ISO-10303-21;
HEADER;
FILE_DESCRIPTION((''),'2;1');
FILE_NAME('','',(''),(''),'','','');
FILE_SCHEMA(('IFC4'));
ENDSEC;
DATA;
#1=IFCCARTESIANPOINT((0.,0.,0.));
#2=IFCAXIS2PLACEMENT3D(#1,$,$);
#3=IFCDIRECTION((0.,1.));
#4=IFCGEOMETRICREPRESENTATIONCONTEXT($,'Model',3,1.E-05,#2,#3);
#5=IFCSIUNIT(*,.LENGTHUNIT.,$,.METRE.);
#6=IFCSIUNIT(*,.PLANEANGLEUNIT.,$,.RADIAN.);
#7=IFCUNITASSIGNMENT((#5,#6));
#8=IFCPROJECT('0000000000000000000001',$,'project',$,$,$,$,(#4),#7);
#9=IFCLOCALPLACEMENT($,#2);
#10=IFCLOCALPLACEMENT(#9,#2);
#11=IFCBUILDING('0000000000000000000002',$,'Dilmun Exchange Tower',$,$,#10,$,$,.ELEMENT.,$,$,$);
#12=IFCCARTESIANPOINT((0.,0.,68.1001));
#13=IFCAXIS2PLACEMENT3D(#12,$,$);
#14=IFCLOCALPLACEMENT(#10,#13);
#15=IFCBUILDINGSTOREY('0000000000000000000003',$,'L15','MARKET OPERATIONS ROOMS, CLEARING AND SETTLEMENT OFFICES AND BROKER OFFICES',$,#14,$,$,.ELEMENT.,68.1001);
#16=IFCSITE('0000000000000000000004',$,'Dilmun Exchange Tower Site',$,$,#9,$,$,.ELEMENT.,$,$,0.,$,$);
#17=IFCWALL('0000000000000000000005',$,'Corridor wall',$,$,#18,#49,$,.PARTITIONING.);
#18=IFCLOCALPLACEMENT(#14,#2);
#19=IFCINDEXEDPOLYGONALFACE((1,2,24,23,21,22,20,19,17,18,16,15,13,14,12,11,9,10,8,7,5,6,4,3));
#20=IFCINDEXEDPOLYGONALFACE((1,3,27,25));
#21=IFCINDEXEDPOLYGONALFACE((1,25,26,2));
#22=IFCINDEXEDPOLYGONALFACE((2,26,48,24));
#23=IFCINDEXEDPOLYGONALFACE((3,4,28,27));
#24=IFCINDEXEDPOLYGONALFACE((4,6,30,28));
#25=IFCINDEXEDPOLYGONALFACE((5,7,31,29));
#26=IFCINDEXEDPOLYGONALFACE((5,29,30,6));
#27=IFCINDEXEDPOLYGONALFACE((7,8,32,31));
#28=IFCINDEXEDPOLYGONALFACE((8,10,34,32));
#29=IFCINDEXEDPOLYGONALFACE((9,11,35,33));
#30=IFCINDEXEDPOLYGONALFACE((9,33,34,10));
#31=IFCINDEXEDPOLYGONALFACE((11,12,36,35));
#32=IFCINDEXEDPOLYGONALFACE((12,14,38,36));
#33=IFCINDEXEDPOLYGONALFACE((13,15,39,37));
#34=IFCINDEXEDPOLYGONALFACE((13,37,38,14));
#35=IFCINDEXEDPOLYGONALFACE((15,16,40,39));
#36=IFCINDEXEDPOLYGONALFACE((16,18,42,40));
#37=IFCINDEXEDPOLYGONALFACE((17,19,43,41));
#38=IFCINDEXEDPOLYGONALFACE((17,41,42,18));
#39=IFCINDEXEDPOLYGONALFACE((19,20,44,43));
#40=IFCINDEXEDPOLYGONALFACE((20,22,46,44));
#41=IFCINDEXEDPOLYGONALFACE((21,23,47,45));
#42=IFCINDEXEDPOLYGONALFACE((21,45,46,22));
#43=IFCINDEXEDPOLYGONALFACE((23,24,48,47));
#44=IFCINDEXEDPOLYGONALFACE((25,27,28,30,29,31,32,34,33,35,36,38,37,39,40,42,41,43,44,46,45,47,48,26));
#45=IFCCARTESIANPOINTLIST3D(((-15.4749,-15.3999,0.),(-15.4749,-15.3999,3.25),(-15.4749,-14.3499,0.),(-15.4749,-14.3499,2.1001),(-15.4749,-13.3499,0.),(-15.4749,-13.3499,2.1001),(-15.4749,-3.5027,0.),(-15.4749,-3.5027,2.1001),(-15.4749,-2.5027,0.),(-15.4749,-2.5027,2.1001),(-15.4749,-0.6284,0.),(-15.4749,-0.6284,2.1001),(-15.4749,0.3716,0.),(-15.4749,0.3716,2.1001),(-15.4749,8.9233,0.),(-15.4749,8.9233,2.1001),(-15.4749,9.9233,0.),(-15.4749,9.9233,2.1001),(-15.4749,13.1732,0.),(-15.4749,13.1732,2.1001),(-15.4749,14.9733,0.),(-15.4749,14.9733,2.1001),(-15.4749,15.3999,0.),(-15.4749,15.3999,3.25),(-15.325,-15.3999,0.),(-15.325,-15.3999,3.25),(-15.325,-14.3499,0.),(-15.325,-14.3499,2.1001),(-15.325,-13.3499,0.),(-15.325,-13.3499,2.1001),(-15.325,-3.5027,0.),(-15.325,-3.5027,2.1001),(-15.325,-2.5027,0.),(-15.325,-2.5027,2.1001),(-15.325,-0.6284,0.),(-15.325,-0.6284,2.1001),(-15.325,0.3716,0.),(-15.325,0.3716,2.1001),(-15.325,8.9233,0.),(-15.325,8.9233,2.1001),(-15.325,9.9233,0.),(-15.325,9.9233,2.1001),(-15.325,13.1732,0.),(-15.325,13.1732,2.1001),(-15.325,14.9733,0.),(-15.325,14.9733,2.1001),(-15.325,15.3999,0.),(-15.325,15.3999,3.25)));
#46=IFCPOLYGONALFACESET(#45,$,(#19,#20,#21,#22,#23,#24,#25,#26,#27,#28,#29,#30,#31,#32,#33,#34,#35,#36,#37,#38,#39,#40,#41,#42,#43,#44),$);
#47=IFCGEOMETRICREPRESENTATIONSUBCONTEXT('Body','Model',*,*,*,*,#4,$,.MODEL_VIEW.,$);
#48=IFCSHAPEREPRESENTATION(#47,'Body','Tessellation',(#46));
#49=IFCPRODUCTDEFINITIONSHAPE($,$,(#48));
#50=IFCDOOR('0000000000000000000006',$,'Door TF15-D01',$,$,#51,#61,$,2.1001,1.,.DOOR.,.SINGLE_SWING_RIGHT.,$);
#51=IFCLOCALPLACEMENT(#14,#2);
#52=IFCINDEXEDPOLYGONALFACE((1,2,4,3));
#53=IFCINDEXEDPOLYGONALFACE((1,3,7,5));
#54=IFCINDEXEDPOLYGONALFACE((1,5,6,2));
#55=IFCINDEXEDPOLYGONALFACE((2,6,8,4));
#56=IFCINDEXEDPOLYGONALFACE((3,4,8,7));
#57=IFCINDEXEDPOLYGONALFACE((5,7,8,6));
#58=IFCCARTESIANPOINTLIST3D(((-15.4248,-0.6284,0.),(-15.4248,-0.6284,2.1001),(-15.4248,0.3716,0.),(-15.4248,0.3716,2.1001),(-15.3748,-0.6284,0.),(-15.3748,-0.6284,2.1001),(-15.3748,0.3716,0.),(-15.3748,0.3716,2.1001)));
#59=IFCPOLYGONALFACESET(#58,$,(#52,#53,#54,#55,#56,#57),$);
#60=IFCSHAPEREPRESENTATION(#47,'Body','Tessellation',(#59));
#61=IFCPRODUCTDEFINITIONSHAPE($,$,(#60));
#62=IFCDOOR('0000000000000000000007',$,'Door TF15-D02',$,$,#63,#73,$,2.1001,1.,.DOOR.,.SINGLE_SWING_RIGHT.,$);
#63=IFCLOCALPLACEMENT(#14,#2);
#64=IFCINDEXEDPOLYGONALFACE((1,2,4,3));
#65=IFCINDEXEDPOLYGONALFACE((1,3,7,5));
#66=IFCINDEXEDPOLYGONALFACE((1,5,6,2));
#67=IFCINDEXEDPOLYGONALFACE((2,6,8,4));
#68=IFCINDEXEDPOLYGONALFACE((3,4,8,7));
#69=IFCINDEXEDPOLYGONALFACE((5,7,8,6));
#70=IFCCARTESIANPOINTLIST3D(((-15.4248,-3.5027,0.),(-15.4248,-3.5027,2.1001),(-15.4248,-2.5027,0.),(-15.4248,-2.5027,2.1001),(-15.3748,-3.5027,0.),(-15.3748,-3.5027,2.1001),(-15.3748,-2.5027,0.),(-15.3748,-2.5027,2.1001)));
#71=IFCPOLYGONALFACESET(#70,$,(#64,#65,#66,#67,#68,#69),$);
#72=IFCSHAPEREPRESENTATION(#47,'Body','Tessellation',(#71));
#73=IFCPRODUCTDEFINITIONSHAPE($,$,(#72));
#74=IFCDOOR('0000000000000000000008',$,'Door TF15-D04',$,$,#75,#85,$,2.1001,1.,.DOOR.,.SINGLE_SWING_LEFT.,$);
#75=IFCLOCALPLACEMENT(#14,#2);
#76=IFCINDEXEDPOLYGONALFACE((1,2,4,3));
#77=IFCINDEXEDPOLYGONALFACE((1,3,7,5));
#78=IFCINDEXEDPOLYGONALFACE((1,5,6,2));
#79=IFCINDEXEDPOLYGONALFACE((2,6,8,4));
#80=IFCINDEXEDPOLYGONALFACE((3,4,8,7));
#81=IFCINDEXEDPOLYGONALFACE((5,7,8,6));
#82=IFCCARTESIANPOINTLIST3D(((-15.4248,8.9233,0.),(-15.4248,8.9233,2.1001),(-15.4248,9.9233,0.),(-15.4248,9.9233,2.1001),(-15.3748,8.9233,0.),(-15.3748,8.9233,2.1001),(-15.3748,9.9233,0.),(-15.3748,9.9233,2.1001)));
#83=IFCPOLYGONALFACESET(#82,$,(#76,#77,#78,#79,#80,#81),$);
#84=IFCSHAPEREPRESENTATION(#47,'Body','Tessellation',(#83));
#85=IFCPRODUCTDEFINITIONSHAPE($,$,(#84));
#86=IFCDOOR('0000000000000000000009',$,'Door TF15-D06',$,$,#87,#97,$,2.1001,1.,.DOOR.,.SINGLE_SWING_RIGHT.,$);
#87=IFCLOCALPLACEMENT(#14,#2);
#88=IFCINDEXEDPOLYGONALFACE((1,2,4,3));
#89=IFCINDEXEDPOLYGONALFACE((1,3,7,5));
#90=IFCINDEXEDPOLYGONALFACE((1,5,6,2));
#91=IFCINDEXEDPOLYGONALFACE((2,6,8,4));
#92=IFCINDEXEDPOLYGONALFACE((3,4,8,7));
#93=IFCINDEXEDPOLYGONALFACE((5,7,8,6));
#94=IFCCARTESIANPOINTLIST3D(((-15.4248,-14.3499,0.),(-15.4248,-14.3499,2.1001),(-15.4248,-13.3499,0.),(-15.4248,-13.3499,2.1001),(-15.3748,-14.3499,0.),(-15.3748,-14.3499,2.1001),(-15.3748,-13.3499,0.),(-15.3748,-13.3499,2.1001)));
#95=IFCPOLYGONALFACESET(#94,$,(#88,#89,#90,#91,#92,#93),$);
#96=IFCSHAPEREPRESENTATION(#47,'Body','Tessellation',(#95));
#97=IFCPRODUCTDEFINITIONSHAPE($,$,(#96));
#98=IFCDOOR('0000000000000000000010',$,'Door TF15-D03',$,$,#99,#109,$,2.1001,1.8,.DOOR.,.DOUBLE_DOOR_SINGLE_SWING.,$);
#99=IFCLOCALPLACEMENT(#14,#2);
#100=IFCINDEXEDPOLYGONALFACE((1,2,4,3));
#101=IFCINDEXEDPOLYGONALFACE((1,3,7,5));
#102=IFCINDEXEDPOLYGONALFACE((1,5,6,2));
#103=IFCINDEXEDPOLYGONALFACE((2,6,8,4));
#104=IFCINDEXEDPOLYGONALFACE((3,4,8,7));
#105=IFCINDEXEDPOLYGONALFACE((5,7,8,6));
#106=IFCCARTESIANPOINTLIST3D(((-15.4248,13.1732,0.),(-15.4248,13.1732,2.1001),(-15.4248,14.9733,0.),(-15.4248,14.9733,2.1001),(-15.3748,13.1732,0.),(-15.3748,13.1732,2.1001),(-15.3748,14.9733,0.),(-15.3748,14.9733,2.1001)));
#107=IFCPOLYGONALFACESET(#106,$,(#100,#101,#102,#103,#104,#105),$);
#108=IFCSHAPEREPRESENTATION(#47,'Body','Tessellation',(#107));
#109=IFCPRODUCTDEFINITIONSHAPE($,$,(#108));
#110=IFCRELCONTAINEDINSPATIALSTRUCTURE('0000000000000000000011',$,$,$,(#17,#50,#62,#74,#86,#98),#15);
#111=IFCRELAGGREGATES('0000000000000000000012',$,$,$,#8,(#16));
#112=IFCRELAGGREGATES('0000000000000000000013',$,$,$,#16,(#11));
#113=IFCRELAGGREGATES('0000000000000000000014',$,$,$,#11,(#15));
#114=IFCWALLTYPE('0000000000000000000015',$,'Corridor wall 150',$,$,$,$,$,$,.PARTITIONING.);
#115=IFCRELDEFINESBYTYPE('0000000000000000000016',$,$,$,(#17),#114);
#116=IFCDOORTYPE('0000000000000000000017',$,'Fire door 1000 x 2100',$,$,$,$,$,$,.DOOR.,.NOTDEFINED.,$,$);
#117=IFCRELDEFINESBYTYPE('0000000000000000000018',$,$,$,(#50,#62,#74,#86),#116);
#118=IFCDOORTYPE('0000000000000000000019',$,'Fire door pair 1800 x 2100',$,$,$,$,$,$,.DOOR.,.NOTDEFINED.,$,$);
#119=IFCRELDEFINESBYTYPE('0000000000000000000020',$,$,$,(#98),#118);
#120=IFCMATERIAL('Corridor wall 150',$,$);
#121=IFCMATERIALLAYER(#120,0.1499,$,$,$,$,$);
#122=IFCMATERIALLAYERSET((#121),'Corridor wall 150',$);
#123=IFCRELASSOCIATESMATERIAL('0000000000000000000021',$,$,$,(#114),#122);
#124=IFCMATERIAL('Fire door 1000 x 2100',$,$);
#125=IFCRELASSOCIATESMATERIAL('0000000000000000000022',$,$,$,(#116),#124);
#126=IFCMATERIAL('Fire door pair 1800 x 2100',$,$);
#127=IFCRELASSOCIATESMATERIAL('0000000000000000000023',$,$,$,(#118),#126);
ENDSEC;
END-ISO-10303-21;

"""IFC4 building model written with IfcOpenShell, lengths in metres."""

from ifc_helpers import new_model, si_unit, direction, frame, frame_2d, origin, place, context, subcontext, project, spatial, rectangle, extrude, material, layer, layer_set, type_object, element, fill, save


model = new_model("IFC4")

# Units and contexts
model_context = context("Model", 3, precision=1e-05, world=origin(), true_north=direction((0.0, 1.0)))
body_context = subcontext(model_context, "Body", "Model", "MODEL_VIEW")
ifc_project = project(units=[si_unit("LENGTHUNIT", "METRE"), si_unit("PLANEANGLEUNIT", "RADIAN")], contexts=[model_context])

# Site, building, storey
site_placement = place(None, origin())
site = spatial("IfcSite", under=ifc_project, at=site_placement, Name="Dilmun Exchange Tower Site", CompositionType="ELEMENT", RefElevation=0.0)
building_placement = place(site_placement, origin())
building = spatial("IfcBuilding", under=site, at=building_placement, Name="Dilmun Exchange Tower", CompositionType="ELEMENT")
storey_placement = place(building_placement, frame((0.0, 0.0, 68.1001)))
storey = spatial("IfcBuildingStorey", under=building, at=storey_placement, Name="L15", Description="MARKET OPERATIONS ROOMS, CLEARING AND SETTLEMENT OFFICES AND BROKER OFFICES", CompositionType="ELEMENT", Elevation=68.1001)

# Wall, openings, doors
ifc_material_1 = material(Name="Corridor wall 150")
ifc_layer_1 = layer(ifc_material_1, 0.1499)
ifc_layer_set_1 = layer_set([ifc_layer_1], Name="Corridor wall 150")
wall_type_1 = type_object("IfcWallType", Name="Corridor wall 150", PredefinedType="PARTITIONING", material=ifc_layer_set_1)
wall_1_placement = place(storey_placement, frame((-15.3999, -15.3999, 0.0), z_axis=(0.0, 0.0, 1.0), x_axis=(0.0, 1.0, 0.0)))
wall_1 = element("IfcWall", 1, at=wall_1_placement, inside=storey, type_object=wall_type_1, Name="Corridor wall", PredefinedType="PARTITIONING", context=body_context, shape_type="SweptSolid", body=[
    extrude(rectangle(XDim=30.7998, YDim=0.1499, at=frame_2d((15.3999, 0.0))), origin(), (0.0, 0.0, 1.0), 3.25),
])
opening_1_placement = place(wall_1_placement, frame((14.7715, 0.0, 0.0)))
opening_1 = element("IfcOpeningElement", 2, at=opening_1_placement, cuts=wall_1, PredefinedType="OPENING", context=body_context, shape_type="SweptSolid", body=[
    extrude(rectangle(XDim=1.0, YDim=2.1001, at=frame_2d((0.5, 1.05))), frame((0.0, 0.085, 0.0), z_axis=(0.0, -1.0, 0.0), x_axis=(1.0, 0.0, 0.0)), (0.0, 0.0, 1.0), 0.1699),
])
opening_2_placement = place(wall_1_placement, frame((11.8972, 0.0, 0.0)))
opening_2 = element("IfcOpeningElement", 3, at=opening_2_placement, cuts=wall_1, PredefinedType="OPENING", context=body_context, shape_type="SweptSolid", body=[
    extrude(rectangle(XDim=1.0, YDim=2.1001, at=frame_2d((0.5, 1.05))), frame((0.0, 0.085, 0.0), z_axis=(0.0, -1.0, 0.0), x_axis=(1.0, 0.0, 0.0)), (0.0, 0.0, 1.0), 0.1699),
])
opening_3_placement = place(wall_1_placement, frame((28.5732, 0.0, 0.0)))
opening_3 = element("IfcOpeningElement", 4, at=opening_3_placement, cuts=wall_1, PredefinedType="OPENING", context=body_context, shape_type="SweptSolid", body=[
    extrude(rectangle(XDim=1.8, YDim=2.1001, at=frame_2d((0.8999, 1.05))), frame((0.0, 0.085, 0.0), z_axis=(0.0, -1.0, 0.0), x_axis=(1.0, 0.0, 0.0)), (0.0, 0.0, 1.0), 0.1699),
])
opening_4_placement = place(wall_1_placement, frame((24.3232, 0.0, 0.0)))
opening_4 = element("IfcOpeningElement", 5, at=opening_4_placement, cuts=wall_1, PredefinedType="OPENING", context=body_context, shape_type="SweptSolid", body=[
    extrude(rectangle(XDim=1.0, YDim=2.1001, at=frame_2d((0.5, 1.05))), frame((0.0, 0.085, 0.0), z_axis=(0.0, -1.0, 0.0), x_axis=(1.0, 0.0, 0.0)), (0.0, 0.0, 1.0), 0.1699),
])
opening_5_placement = place(wall_1_placement, frame((1.05, 0.0, 0.0)))
opening_5 = element("IfcOpeningElement", 6, at=opening_5_placement, cuts=wall_1, PredefinedType="OPENING", context=body_context, shape_type="SweptSolid", body=[
    extrude(rectangle(XDim=1.0, YDim=2.1001, at=frame_2d((0.5, 1.05))), frame((0.0, 0.085, 0.0), z_axis=(0.0, -1.0, 0.0), x_axis=(1.0, 0.0, 0.0)), (0.0, 0.0, 1.0), 0.1699),
])
ifc_material_2 = material(Name="Fire door 1000 x 2100")
door_type_1 = type_object("IfcDoorType", Name="Fire door 1000 x 2100", OperationType="NOTDEFINED", PredefinedType="DOOR", material=ifc_material_2)
door_1_placement = place(opening_1_placement, origin())
door_1 = element("IfcDoor", 7, at=door_1_placement, inside=storey, type_object=door_type_1, Name="Door TF15-D01", OperationType="SINGLE_SWING_RIGHT", OverallHeight=2.1001, OverallWidth=1.0, PredefinedType="DOOR", context=body_context, shape_type="SweptSolid", body=[
    extrude(rectangle(XDim=1.0, YDim=2.1001, at=frame_2d((0.5, 1.05))), frame((0.0, 0.0249, 0.0), z_axis=(0.0, -1.0, 0.0), x_axis=(1.0, 0.0, 0.0)), (0.0, 0.0, 1.0), 0.05),
])
fill(opening_1, door_1)
door_2_placement = place(opening_2_placement, origin())
door_2 = element("IfcDoor", 8, at=door_2_placement, inside=storey, type_object=door_type_1, Name="Door TF15-D02", OperationType="SINGLE_SWING_RIGHT", OverallHeight=2.1001, OverallWidth=1.0, PredefinedType="DOOR", context=body_context, shape_type="SweptSolid", body=[
    extrude(rectangle(XDim=1.0, YDim=2.1001, at=frame_2d((0.5, 1.05))), frame((0.0, 0.0249, 0.0), z_axis=(0.0, -1.0, 0.0), x_axis=(1.0, 0.0, 0.0)), (0.0, 0.0, 1.0), 0.05),
])
fill(opening_2, door_2)
door_3_placement = place(opening_4_placement, origin())
door_3 = element("IfcDoor", 9, at=door_3_placement, inside=storey, type_object=door_type_1, Name="Door TF15-D04", OperationType="SINGLE_SWING_LEFT", OverallHeight=2.1001, OverallWidth=1.0, PredefinedType="DOOR", context=body_context, shape_type="SweptSolid", body=[
    extrude(rectangle(XDim=1.0, YDim=2.1001, at=frame_2d((0.5, 1.05))), frame((0.0, 0.0249, 0.0), z_axis=(0.0, -1.0, 0.0), x_axis=(1.0, 0.0, 0.0)), (0.0, 0.0, 1.0), 0.05),
])
fill(opening_4, door_3)
door_4_placement = place(opening_5_placement, origin())
door_4 = element("IfcDoor", 10, at=door_4_placement, inside=storey, type_object=door_type_1, Name="Door TF15-D06", OperationType="SINGLE_SWING_RIGHT", OverallHeight=2.1001, OverallWidth=1.0, PredefinedType="DOOR", context=body_context, shape_type="SweptSolid", body=[
    extrude(rectangle(XDim=1.0, YDim=2.1001, at=frame_2d((0.5, 1.05))), frame((0.0, 0.0249, 0.0), z_axis=(0.0, -1.0, 0.0), x_axis=(1.0, 0.0, 0.0)), (0.0, 0.0, 1.0), 0.05),
])
fill(opening_5, door_4)
ifc_material_3 = material(Name="Fire door pair 1800 x 2100")
door_type_2 = type_object("IfcDoorType", Name="Fire door pair 1800 x 2100", OperationType="NOTDEFINED", PredefinedType="DOOR", material=ifc_material_3)
door_5_placement = place(opening_3_placement, origin())
door_5 = element("IfcDoor", 11, at=door_5_placement, inside=storey, type_object=door_type_2, Name="Door TF15-D03", OperationType="DOUBLE_DOOR_SINGLE_SWING", OverallHeight=2.1001, OverallWidth=1.8, PredefinedType="DOOR", context=body_context, shape_type="SweptSolid", body=[
    extrude(rectangle(XDim=1.8, YDim=2.1001, at=frame_2d((0.8999, 1.05))), frame((0.0, 0.0249, 0.0), z_axis=(0.0, -1.0, 0.0), x_axis=(1.0, 0.0, 0.0)), (0.0, 0.0, 1.0), 0.05),
])
fill(opening_3, door_5)

save(model, "model.ifc")
